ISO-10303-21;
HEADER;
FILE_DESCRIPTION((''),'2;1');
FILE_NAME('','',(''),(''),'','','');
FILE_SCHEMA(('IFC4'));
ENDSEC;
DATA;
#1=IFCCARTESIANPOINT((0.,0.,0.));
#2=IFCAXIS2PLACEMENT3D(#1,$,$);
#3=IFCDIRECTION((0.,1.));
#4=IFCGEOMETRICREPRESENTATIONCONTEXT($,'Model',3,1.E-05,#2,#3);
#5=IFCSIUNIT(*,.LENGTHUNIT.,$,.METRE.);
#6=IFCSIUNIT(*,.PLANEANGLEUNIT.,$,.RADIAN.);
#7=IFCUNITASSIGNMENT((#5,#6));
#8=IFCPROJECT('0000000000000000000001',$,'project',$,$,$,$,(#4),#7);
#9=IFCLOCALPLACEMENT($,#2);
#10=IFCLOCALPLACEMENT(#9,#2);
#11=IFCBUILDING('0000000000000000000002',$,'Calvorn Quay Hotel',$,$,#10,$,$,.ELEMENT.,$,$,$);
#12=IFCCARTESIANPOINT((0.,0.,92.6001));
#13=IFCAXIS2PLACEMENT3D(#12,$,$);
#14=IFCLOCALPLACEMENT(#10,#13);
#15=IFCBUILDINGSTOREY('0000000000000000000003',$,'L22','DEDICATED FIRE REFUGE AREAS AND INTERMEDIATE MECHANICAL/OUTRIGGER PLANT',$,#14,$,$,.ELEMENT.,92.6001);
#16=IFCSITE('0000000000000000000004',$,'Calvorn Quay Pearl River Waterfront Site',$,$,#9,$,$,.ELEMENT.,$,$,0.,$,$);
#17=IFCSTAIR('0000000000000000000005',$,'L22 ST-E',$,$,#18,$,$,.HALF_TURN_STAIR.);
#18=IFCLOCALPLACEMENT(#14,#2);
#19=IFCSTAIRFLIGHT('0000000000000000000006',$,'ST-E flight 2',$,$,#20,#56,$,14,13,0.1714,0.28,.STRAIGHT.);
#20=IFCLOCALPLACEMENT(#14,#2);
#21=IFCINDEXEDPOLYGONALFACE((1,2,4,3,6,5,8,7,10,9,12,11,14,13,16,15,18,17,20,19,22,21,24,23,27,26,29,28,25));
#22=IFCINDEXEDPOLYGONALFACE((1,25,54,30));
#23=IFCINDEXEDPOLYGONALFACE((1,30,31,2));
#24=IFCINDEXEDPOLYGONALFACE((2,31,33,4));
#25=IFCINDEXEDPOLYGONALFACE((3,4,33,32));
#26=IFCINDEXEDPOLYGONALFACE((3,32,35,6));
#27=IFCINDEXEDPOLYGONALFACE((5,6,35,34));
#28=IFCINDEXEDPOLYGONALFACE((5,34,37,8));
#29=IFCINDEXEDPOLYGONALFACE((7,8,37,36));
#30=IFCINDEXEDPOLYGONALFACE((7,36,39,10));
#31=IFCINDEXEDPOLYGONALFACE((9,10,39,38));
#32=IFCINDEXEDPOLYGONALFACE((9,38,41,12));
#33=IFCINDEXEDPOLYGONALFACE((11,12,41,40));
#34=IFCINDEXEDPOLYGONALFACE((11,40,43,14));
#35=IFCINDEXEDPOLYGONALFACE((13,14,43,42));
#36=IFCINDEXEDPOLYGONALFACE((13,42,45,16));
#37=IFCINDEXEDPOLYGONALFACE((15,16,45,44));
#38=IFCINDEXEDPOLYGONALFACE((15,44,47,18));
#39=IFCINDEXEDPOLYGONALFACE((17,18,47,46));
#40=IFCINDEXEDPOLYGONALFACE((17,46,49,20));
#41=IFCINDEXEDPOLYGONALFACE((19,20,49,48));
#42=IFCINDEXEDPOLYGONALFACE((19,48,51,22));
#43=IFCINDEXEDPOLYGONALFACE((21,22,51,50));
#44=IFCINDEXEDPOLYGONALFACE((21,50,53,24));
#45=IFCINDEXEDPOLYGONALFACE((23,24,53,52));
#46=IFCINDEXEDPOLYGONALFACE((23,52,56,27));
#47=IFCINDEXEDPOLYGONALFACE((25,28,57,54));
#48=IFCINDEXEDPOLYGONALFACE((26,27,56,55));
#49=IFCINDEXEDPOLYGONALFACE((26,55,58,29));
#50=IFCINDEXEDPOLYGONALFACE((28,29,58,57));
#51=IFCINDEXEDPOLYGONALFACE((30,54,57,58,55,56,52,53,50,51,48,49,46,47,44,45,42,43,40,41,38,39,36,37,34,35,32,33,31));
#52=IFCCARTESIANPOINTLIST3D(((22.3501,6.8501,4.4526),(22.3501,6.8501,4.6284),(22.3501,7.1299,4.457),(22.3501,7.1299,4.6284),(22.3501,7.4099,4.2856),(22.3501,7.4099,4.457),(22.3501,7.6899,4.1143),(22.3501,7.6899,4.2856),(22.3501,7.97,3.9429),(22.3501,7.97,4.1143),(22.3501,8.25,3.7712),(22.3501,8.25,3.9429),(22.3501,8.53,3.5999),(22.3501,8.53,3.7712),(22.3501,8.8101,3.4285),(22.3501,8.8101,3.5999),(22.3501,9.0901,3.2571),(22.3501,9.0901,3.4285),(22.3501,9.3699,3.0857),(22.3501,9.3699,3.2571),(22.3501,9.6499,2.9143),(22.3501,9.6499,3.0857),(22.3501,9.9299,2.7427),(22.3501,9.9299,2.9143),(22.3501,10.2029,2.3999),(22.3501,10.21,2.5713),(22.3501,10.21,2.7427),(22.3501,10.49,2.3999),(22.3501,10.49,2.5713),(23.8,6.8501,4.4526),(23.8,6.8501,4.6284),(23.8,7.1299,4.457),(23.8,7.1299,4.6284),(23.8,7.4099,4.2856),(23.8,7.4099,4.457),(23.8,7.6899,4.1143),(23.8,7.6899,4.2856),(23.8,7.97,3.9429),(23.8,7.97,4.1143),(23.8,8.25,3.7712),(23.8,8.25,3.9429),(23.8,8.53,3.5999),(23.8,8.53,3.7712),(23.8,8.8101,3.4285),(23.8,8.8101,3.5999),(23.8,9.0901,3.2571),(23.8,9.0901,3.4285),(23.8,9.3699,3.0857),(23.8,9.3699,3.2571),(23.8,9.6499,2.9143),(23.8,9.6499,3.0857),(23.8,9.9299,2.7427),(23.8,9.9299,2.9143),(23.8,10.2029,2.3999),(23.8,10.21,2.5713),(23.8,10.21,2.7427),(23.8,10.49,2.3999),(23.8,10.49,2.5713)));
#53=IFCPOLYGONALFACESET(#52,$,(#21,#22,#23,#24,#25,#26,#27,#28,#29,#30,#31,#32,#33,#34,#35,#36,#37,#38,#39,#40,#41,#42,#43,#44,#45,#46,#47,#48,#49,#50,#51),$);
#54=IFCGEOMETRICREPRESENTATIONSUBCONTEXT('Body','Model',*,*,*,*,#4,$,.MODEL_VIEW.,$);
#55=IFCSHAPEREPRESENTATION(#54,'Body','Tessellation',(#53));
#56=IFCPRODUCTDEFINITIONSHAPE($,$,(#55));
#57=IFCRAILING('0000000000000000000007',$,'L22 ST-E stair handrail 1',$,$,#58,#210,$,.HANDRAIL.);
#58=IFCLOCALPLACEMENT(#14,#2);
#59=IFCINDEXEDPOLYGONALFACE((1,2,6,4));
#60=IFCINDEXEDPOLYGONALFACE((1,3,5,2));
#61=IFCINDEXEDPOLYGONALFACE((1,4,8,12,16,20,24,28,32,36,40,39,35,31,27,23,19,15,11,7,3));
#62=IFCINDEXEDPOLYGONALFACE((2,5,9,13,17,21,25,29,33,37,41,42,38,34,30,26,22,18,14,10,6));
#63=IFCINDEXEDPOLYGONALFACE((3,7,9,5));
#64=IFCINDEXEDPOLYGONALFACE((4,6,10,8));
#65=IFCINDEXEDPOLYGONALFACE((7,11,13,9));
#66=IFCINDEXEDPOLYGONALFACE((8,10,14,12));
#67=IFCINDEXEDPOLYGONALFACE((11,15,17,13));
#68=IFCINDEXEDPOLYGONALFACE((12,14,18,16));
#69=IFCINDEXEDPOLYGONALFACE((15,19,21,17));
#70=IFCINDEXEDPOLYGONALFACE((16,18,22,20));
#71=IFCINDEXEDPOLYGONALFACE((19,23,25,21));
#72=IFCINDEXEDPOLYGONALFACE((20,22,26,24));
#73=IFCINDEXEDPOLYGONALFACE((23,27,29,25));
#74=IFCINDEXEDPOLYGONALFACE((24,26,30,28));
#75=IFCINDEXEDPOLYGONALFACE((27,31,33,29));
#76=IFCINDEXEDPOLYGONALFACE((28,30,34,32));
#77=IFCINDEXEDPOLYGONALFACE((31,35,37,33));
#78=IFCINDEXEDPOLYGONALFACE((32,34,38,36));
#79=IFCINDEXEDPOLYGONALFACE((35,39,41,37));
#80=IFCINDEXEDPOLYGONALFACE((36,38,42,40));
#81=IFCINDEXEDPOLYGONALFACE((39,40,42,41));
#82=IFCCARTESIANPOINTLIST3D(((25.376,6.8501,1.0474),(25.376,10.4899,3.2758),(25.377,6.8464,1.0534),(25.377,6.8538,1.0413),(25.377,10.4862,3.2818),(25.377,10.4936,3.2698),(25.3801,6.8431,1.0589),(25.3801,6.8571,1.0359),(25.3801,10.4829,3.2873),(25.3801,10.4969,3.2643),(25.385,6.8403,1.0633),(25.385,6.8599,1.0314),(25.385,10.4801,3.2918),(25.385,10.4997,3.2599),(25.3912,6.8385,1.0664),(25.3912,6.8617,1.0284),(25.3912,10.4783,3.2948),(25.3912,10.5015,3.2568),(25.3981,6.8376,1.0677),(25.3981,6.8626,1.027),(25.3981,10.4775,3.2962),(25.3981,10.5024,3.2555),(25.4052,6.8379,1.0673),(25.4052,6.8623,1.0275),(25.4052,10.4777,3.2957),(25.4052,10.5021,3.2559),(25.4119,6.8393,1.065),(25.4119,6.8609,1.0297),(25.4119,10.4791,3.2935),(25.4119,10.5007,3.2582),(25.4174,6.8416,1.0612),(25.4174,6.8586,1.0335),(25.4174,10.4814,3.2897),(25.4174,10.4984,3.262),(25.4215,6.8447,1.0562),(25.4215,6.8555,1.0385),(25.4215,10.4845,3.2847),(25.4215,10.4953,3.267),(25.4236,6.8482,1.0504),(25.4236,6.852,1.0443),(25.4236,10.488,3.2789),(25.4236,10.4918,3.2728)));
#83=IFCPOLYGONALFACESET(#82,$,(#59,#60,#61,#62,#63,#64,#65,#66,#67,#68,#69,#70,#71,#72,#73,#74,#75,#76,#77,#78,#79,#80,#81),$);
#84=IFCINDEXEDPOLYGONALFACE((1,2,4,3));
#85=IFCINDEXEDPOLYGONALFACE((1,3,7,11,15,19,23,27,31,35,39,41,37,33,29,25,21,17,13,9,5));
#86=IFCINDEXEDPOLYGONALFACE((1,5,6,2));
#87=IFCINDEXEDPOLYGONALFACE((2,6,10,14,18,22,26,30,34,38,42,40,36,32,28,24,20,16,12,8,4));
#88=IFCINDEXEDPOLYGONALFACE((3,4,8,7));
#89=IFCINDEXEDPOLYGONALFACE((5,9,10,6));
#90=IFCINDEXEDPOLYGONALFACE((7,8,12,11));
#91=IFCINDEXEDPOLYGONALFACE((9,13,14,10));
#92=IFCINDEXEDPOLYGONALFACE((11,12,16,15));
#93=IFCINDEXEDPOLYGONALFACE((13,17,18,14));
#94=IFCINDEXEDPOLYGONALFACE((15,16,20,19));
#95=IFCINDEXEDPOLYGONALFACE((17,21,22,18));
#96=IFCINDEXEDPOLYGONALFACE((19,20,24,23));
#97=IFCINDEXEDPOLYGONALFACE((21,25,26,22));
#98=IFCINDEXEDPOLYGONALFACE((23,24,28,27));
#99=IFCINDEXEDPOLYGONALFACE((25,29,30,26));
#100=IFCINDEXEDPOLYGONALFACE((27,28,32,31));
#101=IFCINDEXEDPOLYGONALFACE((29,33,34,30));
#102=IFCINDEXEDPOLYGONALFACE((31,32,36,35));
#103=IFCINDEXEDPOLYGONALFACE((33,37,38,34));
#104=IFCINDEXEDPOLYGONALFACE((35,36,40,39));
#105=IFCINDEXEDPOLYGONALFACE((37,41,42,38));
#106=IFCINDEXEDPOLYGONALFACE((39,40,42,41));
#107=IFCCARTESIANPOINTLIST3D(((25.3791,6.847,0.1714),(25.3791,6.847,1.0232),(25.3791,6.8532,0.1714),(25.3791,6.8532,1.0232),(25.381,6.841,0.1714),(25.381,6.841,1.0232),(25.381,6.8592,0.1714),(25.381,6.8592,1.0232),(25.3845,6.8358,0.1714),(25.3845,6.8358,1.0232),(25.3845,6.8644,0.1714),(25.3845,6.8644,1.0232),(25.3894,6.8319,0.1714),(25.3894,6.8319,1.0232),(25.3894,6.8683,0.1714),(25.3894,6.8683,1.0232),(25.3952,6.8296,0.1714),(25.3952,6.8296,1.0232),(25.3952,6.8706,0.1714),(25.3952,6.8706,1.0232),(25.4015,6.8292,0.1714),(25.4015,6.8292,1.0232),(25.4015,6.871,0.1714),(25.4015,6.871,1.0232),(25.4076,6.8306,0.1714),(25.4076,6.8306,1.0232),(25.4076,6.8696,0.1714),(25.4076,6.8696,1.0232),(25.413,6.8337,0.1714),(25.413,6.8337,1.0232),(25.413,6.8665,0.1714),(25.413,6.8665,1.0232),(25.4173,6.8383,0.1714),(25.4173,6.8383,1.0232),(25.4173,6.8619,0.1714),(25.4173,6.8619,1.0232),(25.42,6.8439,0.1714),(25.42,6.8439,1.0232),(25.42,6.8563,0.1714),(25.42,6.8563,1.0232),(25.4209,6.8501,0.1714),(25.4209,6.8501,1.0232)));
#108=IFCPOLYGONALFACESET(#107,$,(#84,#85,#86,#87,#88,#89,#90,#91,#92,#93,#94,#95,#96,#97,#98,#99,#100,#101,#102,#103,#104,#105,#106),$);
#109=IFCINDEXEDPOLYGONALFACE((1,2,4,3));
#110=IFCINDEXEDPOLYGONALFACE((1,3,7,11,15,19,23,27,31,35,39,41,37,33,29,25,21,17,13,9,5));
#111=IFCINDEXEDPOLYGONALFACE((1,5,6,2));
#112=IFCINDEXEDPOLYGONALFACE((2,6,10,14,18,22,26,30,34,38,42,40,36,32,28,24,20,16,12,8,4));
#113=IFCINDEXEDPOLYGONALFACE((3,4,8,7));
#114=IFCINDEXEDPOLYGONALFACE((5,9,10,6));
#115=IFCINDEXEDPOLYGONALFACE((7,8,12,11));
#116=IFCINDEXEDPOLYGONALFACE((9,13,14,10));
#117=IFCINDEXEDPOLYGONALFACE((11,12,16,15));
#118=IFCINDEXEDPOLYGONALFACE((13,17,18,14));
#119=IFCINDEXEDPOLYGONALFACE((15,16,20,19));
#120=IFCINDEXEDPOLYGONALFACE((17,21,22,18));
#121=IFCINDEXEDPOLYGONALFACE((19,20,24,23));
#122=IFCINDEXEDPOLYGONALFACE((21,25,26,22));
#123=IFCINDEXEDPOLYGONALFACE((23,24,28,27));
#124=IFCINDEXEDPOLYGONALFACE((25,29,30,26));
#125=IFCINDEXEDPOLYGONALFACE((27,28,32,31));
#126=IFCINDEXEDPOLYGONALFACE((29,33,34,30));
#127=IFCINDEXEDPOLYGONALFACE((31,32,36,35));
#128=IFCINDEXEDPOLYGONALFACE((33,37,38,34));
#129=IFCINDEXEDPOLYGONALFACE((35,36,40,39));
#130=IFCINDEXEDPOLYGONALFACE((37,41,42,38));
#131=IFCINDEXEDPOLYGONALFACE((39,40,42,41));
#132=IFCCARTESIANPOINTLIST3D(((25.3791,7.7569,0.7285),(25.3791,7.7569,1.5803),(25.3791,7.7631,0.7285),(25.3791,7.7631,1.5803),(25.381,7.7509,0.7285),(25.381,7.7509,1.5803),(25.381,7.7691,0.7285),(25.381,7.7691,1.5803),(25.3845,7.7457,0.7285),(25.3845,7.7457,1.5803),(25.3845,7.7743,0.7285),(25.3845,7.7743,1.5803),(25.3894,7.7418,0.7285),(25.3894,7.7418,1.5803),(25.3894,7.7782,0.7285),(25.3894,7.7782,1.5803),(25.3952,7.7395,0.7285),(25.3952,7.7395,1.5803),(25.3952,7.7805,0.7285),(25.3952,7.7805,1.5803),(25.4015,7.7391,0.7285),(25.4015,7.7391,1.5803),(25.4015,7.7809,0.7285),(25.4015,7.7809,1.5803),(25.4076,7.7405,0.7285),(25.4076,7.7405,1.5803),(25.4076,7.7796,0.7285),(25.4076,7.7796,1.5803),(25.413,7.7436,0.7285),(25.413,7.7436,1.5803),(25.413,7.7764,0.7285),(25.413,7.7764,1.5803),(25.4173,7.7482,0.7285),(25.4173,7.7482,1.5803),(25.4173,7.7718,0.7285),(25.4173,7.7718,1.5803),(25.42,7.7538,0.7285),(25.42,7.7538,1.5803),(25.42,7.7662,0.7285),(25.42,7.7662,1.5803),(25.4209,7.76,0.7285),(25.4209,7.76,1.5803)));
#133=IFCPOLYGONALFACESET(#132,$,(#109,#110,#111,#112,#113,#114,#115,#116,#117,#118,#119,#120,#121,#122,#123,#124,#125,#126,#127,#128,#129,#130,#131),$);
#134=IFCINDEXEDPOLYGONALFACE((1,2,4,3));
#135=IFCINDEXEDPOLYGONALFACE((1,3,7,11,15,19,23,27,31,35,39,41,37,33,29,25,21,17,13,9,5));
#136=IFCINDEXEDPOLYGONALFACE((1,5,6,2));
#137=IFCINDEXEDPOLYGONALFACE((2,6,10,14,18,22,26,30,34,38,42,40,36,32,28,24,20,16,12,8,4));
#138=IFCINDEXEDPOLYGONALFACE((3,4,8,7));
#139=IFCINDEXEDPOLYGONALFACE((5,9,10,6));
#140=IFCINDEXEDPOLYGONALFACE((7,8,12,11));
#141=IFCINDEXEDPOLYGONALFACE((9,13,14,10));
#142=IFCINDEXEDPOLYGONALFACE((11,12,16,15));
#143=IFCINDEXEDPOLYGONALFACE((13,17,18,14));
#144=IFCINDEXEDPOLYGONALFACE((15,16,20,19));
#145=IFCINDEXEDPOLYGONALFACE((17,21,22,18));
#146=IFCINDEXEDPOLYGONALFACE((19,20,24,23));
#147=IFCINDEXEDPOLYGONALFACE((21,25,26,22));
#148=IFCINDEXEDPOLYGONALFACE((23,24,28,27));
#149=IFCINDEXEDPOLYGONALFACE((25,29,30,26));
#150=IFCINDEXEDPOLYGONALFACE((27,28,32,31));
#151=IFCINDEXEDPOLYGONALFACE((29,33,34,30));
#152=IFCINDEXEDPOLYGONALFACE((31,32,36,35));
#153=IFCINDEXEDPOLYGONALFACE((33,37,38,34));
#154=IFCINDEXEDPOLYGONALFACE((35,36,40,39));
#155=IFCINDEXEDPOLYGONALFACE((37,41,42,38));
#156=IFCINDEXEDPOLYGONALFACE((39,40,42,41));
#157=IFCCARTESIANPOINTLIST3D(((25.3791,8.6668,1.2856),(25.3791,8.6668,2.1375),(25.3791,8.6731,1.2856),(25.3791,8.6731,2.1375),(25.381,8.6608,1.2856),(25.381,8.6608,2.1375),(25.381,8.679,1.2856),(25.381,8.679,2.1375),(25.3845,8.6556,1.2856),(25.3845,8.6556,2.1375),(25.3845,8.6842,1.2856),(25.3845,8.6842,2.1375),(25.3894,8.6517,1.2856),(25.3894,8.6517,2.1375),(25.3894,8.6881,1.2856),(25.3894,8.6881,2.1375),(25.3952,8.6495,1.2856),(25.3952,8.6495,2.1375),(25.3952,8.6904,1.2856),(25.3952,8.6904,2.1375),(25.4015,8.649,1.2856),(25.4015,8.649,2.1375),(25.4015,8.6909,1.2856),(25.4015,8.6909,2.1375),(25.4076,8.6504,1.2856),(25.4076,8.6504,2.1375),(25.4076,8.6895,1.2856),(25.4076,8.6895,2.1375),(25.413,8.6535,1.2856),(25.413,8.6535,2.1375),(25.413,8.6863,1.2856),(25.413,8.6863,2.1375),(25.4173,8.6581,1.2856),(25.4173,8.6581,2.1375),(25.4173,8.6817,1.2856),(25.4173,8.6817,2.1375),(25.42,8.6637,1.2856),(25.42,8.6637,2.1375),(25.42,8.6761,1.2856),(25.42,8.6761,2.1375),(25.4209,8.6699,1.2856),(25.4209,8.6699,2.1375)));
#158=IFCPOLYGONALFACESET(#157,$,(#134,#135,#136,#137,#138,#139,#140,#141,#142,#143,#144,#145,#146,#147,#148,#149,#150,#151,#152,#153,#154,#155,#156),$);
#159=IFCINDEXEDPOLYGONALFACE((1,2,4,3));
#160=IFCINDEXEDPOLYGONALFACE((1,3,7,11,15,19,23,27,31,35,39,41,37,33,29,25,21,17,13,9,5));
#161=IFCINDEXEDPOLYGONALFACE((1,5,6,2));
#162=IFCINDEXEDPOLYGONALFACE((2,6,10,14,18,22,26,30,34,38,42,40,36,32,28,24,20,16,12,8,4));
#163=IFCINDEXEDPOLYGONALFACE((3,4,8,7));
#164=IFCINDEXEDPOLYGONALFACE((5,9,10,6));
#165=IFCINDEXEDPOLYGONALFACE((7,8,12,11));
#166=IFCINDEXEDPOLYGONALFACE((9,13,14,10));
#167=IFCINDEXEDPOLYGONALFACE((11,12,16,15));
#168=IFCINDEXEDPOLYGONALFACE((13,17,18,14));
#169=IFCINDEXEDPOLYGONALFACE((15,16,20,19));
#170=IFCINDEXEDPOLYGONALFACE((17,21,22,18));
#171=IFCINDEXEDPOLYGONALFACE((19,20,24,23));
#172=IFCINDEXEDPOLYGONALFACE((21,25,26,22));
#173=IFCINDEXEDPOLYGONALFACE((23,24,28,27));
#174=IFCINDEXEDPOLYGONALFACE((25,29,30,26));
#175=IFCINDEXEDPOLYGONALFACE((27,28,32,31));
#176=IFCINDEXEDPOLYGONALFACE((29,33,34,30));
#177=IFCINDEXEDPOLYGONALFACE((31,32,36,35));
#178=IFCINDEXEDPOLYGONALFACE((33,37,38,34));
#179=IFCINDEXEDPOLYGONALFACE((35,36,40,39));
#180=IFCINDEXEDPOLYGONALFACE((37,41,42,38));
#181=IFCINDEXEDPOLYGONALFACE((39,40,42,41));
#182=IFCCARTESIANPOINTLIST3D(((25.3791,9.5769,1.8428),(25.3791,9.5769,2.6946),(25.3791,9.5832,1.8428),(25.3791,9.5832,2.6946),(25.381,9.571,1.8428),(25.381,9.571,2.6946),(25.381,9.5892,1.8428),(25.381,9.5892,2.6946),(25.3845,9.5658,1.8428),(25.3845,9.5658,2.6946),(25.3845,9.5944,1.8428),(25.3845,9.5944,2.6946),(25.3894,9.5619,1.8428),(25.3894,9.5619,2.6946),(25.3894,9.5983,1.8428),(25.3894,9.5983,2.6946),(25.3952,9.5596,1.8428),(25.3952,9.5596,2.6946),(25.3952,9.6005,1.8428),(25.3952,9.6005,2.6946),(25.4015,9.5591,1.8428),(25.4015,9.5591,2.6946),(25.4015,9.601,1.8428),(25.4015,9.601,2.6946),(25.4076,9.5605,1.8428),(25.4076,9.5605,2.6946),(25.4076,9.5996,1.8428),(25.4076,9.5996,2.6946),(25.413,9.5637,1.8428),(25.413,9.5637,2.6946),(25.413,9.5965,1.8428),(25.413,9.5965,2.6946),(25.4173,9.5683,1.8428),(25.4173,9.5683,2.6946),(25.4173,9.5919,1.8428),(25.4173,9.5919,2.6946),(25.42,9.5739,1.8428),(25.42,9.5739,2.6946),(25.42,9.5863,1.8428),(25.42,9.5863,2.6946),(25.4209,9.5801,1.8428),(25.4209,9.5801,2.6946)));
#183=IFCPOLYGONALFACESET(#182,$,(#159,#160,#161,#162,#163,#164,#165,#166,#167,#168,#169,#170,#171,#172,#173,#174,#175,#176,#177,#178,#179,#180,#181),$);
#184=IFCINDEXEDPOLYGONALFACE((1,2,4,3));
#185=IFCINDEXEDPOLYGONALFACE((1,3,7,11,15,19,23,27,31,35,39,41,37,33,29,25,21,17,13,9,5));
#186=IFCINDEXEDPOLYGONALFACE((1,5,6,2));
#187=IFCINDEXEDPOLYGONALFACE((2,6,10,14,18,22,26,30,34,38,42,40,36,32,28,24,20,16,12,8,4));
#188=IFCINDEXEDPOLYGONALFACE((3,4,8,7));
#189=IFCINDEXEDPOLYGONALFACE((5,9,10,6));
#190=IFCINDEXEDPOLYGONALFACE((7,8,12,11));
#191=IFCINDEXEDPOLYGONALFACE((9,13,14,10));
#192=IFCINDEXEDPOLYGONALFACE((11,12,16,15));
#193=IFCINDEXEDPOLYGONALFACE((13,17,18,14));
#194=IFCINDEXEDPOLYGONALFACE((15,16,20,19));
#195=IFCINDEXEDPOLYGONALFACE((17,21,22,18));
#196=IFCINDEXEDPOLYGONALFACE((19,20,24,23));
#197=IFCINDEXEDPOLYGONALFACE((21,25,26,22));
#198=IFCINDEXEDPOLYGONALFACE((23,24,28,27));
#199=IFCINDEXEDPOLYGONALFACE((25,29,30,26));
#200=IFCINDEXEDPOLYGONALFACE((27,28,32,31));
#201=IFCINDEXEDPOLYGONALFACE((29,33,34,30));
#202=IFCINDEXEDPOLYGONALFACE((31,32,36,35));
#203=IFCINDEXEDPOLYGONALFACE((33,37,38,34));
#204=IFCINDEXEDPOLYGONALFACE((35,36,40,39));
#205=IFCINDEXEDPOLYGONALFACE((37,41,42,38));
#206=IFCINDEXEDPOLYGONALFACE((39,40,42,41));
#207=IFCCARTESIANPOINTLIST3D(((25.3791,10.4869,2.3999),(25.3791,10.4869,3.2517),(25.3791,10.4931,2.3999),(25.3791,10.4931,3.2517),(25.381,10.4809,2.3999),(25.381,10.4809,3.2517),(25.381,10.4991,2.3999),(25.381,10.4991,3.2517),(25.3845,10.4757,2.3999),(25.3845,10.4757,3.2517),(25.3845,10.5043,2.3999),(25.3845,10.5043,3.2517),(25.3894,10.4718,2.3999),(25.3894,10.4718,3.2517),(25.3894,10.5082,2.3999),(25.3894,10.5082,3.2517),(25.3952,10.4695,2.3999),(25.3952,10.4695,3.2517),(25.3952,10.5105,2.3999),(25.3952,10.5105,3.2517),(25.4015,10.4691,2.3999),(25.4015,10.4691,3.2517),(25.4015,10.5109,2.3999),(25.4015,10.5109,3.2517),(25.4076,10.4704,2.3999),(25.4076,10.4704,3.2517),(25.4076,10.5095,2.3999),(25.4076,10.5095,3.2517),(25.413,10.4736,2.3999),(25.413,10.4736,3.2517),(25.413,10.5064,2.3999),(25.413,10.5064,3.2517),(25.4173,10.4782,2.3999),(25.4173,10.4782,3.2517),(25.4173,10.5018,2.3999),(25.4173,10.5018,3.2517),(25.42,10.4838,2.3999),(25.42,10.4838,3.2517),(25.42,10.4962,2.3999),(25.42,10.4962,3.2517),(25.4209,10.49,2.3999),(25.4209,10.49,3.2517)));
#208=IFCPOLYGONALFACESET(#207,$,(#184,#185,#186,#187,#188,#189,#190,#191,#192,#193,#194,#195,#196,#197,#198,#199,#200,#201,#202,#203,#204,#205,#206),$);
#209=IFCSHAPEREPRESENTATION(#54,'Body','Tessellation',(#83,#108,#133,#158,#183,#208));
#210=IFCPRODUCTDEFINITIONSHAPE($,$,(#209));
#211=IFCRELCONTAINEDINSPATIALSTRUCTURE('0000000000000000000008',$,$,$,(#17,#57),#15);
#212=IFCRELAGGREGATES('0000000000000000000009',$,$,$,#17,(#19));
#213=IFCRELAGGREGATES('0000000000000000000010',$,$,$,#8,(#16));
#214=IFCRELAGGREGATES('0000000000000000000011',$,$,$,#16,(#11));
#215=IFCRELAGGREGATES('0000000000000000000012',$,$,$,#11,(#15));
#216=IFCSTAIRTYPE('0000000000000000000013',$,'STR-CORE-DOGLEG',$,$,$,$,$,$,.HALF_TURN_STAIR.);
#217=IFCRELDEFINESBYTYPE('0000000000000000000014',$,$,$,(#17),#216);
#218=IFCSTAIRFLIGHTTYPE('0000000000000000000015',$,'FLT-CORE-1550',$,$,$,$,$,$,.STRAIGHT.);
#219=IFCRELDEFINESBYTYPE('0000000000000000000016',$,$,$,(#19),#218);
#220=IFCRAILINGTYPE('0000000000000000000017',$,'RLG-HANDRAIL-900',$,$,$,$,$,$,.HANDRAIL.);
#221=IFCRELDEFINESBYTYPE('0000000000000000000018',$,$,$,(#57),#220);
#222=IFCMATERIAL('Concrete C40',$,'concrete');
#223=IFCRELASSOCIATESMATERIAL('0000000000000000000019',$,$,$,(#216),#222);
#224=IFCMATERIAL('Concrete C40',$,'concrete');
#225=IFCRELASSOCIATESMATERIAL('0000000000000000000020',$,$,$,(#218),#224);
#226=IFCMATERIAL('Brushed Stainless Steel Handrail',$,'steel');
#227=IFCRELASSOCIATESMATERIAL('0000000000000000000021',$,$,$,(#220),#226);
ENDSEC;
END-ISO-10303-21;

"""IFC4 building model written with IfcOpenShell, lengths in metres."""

from ifc_helpers import new_model, si_unit, direction, frame, origin, origin_2d, place, context, subcontext, project, spatial, polyline, circle, outline, extrude, material, type_object, element, aggregate, save


model = new_model("IFC4")

# Units and contexts
model_context = context("Model", 3, precision=1e-05, world=origin(), true_north=direction((0.0, 1.0)))
body_context = subcontext(model_context, "Body", "Model", "MODEL_VIEW")
ifc_project = project(units=[si_unit("LENGTHUNIT", "METRE"), si_unit("PLANEANGLEUNIT", "RADIAN")], contexts=[model_context])

# Site, building, storey
site_placement = place(None, origin())
site = spatial("IfcSite", under=ifc_project, at=site_placement, Name="Calvorn Quay Pearl River Waterfront Site", CompositionType="ELEMENT", RefElevation=0.0)
building_placement = place(site_placement, origin())
building = spatial("IfcBuilding", under=site, at=building_placement, Name="Calvorn Quay Hotel", CompositionType="ELEMENT")
storey_placement = place(building_placement, frame((0.0, 0.0, 92.6001)))
storey = spatial("IfcBuildingStorey", under=building, at=storey_placement, Name="L22", Description="DEDICATED FIRE REFUGE AREAS AND INTERMEDIATE MECHANICAL/OUTRIGGER PLANT", CompositionType="ELEMENT", Elevation=92.6001)

# Stair, stair flight
ifc_material_1 = material(Name="Concrete C40", Category="concrete")
stair_type = type_object("IfcStairType", Name="STR-CORE-DOGLEG", PredefinedType="HALF_TURN_STAIR", material=ifc_material_1)
stair_placement = place(storey_placement, origin())
stair = element("IfcStair", 1, at=stair_placement, inside=storey, type_object=stair_type, Name="L22 ST-E", PredefinedType="HALF_TURN_STAIR")
ifc_material_2 = material(Name="Concrete C40", Category="concrete")
stair_flight_type = type_object("IfcStairFlightType", Name="FLT-CORE-1550", PredefinedType="STRAIGHT", material=ifc_material_2)
stair_flight_1_placement = place(storey_placement, frame((23.075, 10.49, 2.3999), z_axis=(0.0, 0.0, 1.0), x_axis=(0.0, -1.0, 0.0)))
stair_flight_1 = element("IfcStairFlight", 2, at=stair_flight_1_placement, type_object=stair_flight_type, Name="ST-E flight 2", NumberOfRisers=14, NumberOfTreads=13, PredefinedType="STRAIGHT", RiserHeight=0.1714, TreadLength=0.28, context=body_context, shape_type="SweptSolid", body=[
    extrude(outline(polyline([(0.0, 0.0), (0.0, 0.1714), (0.28, 0.1714), (0.28, 0.3428), (0.5601, 0.3428), (0.5601, 0.5144), (0.8401, 0.5144), (0.8401, 0.6858), (1.1201, 0.6858), (1.1201, 0.8572), (1.3999, 0.8572), (1.3999, 1.0286), (1.6799, 1.0286), (1.6799, 1.2), (1.96, 1.2), (1.96, 1.3713), (2.24, 1.3713), (2.24, 1.543), (2.52, 1.543), (2.52, 1.7144), (2.8, 1.7144), (2.8, 1.8857), (3.0801, 1.8857), (3.0801, 2.0571), (3.3601, 2.0571), (3.3601, 2.2285), (3.6399, 2.2285), (3.6399, 2.3999), (3.6399, 2.0527), (0.2871, 0.0), (0.0, 0.0)])), frame((0.0, 0.7251, 0.0), z_axis=(0.0, -1.0, 0.0), x_axis=(1.0, 0.0, 0.0)), (0.0, 0.0, 1.0), 1.45),
])
aggregate(stair, [stair_flight_1])

# Railing
ifc_material_3 = material(Name="Brushed Stainless Steel Handrail", Category="steel")
railing_type_1 = type_object("IfcRailingType", Name="RLG-HANDRAIL-900", PredefinedType="HANDRAIL", material=ifc_material_3)
railing_1_placement = place(storey_placement, frame((25.3999, 6.8501, 0.1714)))
element("IfcRailing", 3, at=railing_1_placement, inside=storey, type_object=railing_type_1, Name="L22 ST-E stair handrail 1", PredefinedType="HANDRAIL", context=body_context, shape_type="SweptSolid", body=[
    extrude(circle(Radius=0.0239, at=origin_2d()), frame((0.0, 0.0, 0.876), z_axis=(0.0, 0.85285, 0.522156), x_axis=(-1.0, 0.0, 0.0)), (0.0, 0.0, 1.0), 4.2678),
    extrude(circle(Radius=0.021, at=origin_2d()), origin(), (0.0, 0.0, 1.0), 0.8518),
    extrude(circle(Radius=0.021, at=origin_2d()), frame((0.0, 0.9099, 0.5571)), (0.0, 0.0, 1.0), 0.8518),
    extrude(circle(Radius=0.021, at=origin_2d()), frame((0.0, 1.8198, 1.1143)), (0.0, 0.0, 1.0), 0.8518),
    extrude(circle(Radius=0.021, at=origin_2d()), frame((0.0, 2.73, 1.6714)), (0.0, 0.0, 1.0), 0.8518),
    extrude(circle(Radius=0.021, at=origin_2d()), frame((0.0, 3.6399, 2.2285)), (0.0, 0.0, 1.0), 0.8518),
])

save(model, "model.ifc")
